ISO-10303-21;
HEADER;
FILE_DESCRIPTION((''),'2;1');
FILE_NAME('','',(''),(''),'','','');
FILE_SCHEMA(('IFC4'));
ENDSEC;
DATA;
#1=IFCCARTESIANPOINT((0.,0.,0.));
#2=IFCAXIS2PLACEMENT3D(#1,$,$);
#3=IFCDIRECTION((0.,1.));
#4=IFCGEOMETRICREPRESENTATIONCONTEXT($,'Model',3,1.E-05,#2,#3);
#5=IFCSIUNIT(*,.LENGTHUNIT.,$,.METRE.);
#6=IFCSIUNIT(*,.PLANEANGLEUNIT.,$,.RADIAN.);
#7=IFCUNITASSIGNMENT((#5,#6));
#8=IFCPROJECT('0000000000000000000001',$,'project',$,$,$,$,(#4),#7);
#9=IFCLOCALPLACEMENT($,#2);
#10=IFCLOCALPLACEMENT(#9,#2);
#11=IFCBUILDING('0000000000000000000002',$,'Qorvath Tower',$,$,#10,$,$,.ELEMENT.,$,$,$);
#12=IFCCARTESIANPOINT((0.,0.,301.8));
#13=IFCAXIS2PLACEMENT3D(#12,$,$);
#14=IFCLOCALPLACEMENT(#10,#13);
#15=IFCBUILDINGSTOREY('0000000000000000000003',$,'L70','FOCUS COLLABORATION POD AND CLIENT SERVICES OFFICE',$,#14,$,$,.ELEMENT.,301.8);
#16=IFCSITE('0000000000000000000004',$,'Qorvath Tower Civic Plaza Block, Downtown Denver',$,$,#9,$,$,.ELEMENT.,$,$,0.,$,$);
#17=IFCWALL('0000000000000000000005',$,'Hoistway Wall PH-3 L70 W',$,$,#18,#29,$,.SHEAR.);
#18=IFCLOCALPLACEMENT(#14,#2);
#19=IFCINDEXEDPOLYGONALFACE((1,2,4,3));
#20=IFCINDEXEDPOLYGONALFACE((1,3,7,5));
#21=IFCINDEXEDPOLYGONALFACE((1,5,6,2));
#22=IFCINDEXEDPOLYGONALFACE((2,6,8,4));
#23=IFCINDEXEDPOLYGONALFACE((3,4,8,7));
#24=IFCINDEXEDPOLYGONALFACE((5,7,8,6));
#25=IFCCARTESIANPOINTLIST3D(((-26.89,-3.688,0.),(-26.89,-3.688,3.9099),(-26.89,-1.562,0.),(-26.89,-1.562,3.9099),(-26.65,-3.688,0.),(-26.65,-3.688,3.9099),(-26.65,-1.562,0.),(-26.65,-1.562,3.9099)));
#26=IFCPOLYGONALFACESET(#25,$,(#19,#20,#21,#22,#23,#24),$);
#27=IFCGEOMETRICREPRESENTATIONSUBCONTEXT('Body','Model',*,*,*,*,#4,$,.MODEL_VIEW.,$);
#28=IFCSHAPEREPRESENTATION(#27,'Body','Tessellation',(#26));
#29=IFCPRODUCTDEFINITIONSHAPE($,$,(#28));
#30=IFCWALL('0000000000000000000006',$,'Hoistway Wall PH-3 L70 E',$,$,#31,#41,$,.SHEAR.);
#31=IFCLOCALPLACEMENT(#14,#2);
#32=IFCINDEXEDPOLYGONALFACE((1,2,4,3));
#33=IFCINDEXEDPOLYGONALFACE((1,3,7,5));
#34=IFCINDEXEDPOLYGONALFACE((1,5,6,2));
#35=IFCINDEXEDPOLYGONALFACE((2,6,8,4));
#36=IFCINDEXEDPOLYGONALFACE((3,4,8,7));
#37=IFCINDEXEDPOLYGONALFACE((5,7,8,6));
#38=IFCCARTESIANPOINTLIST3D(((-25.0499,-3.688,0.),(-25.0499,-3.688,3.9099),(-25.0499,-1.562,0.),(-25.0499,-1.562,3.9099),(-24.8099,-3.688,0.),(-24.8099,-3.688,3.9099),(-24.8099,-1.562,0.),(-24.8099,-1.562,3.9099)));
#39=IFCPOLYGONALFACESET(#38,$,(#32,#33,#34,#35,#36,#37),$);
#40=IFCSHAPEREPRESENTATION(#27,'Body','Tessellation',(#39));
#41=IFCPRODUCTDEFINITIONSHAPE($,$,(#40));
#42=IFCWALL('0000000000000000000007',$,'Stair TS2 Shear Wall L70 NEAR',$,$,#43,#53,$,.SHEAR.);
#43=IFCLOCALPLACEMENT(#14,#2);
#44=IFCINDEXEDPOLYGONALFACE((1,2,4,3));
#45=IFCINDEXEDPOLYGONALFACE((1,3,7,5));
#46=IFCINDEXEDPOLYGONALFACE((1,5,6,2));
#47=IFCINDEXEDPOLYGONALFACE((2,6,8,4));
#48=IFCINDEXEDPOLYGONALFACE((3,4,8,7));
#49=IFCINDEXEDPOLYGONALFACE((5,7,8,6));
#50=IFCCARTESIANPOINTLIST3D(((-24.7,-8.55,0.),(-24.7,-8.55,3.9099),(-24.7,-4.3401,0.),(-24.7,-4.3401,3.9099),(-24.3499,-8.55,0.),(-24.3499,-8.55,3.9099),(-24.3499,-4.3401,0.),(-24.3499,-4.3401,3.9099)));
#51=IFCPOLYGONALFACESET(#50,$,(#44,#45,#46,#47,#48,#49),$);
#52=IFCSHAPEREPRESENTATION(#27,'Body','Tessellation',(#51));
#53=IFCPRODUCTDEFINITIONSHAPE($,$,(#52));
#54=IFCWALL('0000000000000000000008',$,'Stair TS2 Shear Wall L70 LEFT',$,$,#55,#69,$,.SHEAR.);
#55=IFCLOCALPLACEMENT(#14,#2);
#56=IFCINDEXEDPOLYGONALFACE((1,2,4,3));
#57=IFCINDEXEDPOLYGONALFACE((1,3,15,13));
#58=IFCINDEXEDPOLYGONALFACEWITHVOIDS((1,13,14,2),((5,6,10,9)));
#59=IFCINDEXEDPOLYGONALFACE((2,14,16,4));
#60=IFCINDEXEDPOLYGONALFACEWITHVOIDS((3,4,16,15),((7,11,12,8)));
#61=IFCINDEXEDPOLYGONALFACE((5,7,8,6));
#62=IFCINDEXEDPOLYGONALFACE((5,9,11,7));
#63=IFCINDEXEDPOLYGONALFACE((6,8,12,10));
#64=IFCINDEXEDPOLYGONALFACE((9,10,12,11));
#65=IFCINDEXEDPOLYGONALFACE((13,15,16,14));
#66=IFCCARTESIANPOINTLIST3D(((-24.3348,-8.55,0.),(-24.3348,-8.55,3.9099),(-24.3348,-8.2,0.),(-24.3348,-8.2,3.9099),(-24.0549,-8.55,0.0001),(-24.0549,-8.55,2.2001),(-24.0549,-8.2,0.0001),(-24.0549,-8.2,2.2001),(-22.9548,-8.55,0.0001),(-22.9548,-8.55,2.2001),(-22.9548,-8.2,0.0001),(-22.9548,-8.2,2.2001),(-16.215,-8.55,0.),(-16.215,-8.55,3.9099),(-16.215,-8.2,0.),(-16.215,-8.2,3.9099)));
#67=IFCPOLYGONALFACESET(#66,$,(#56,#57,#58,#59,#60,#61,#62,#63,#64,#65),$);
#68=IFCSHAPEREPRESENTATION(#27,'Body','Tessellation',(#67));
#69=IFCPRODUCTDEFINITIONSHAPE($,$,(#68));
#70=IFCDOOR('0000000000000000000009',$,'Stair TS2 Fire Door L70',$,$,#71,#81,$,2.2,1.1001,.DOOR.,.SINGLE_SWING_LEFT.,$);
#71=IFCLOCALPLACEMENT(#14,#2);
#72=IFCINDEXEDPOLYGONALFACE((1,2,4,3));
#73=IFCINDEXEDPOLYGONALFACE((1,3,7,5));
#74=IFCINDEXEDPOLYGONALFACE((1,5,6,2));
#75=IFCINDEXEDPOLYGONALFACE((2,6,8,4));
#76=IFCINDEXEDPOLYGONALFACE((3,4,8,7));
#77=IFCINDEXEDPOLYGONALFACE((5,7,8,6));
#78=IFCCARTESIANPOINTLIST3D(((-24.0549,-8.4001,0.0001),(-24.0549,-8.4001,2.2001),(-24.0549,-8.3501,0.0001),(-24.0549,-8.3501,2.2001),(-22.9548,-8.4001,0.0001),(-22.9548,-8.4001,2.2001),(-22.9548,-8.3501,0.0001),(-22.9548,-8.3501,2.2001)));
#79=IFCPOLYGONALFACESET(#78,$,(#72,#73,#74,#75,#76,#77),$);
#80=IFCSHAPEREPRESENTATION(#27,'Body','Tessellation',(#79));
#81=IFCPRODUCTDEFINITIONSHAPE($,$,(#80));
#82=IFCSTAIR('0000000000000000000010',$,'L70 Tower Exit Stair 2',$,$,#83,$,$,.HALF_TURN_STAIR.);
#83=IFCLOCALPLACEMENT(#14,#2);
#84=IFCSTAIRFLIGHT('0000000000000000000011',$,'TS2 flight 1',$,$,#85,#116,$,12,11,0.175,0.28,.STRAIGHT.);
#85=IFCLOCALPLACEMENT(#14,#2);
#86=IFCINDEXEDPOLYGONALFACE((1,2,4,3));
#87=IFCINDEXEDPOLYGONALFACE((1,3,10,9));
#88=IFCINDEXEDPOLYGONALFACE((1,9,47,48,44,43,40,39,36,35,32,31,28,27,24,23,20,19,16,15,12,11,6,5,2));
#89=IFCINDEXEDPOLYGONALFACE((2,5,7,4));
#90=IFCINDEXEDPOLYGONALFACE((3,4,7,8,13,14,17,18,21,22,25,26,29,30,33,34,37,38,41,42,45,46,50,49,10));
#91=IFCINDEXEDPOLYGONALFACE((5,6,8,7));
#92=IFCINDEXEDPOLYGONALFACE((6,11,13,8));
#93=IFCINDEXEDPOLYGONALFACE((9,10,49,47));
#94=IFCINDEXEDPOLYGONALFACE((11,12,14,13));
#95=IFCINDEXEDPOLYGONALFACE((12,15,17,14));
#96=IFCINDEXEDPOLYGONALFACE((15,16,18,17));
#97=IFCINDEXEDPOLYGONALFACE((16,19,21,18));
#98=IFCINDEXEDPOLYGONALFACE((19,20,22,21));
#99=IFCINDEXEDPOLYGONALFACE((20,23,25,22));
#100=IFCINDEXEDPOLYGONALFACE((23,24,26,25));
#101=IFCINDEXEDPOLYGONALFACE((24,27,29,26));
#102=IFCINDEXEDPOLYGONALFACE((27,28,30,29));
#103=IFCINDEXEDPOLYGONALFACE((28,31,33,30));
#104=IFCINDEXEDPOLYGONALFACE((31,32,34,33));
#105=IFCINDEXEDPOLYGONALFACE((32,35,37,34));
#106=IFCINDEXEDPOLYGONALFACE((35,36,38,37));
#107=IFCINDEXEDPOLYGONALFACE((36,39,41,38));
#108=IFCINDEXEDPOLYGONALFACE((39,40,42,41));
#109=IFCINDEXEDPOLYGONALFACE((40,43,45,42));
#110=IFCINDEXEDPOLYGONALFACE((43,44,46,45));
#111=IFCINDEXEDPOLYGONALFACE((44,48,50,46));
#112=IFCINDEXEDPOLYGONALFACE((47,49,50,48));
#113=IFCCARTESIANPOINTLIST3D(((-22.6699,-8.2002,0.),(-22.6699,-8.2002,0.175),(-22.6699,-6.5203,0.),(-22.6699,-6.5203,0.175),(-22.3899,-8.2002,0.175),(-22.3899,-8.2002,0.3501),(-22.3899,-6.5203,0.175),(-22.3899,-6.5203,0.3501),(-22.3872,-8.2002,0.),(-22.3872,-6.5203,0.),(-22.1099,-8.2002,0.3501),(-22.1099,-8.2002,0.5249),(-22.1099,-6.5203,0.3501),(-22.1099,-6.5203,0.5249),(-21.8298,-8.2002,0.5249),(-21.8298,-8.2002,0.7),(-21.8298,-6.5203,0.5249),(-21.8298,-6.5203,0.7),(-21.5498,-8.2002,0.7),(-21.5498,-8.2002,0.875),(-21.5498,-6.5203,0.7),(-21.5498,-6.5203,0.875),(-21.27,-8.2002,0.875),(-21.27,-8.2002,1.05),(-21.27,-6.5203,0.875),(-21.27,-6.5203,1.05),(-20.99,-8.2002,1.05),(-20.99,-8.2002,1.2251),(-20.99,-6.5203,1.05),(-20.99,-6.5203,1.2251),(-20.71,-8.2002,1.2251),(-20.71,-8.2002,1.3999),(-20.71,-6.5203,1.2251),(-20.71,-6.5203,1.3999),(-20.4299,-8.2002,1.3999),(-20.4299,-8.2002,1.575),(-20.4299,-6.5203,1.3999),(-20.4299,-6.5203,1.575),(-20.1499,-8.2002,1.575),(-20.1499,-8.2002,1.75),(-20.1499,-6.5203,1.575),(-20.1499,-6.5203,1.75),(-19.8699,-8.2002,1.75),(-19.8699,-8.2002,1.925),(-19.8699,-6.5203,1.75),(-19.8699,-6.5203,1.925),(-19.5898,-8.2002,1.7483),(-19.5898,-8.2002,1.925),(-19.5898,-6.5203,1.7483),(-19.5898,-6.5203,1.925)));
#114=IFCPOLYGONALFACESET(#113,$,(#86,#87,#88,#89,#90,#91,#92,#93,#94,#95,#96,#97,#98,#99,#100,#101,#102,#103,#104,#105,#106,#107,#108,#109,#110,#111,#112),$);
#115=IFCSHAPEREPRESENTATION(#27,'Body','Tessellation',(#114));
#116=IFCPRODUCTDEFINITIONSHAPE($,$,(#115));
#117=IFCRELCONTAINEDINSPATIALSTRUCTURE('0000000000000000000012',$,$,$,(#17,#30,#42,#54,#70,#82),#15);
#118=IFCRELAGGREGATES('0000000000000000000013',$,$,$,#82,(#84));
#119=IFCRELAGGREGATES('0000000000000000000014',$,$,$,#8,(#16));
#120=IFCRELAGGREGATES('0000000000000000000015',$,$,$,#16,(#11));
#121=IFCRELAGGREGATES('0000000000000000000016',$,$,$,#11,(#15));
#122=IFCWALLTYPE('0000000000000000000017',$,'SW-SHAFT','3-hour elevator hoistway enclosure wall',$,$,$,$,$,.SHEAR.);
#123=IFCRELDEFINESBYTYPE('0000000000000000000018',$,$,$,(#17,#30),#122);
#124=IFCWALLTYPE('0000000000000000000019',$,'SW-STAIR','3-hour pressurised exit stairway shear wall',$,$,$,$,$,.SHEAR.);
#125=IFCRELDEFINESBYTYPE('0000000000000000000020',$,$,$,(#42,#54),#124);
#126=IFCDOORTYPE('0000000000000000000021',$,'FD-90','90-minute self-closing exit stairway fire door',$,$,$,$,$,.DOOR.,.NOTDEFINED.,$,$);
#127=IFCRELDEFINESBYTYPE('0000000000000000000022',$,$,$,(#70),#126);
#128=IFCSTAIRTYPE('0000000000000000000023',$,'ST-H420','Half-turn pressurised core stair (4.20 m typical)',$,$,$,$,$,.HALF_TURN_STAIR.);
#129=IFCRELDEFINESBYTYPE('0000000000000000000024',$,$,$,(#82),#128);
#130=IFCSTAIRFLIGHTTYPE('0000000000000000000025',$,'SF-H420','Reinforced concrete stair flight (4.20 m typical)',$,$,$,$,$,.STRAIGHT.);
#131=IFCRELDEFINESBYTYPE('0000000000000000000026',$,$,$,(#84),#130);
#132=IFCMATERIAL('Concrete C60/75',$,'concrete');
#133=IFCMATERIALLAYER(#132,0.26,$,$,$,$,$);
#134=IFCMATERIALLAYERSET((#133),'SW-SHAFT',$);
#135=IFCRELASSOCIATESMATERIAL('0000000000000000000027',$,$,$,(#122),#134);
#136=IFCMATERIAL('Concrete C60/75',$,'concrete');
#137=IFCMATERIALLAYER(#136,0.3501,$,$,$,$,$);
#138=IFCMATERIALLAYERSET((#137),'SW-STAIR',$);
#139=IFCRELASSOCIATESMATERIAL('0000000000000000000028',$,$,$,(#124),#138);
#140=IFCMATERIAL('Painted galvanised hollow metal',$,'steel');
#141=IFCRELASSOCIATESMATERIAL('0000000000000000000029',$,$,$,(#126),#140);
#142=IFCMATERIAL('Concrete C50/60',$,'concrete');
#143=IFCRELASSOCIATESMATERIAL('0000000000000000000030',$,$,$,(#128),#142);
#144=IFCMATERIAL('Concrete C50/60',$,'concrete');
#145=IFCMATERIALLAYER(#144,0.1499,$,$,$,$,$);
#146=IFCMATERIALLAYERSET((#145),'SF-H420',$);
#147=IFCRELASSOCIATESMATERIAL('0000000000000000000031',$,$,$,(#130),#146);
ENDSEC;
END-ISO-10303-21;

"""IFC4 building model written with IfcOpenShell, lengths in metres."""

from ifc_helpers import new_model, si_unit, direction, frame, frame_2d, origin, place, context, subcontext, project, spatial, polyline, rectangle, outline, extrude, material, layer, layer_set, type_object, element, fill, aggregate, save


model = new_model("IFC4")

# Units and contexts
model_context = context("Model", 3, precision=1e-05, world=origin(), true_north=direction((0.0, 1.0)))
body_context = subcontext(model_context, "Body", "Model", "MODEL_VIEW")
ifc_project = project(units=[si_unit("LENGTHUNIT", "METRE"), si_unit("PLANEANGLEUNIT", "RADIAN")], contexts=[model_context])

# Site, building, storey
site_placement = place(None, origin())
site = spatial("IfcSite", under=ifc_project, at=site_placement, Name="Qorvath Tower Civic Plaza Block, Downtown Denver", CompositionType="ELEMENT", RefElevation=0.0)
building_placement = place(site_placement, origin())
building = spatial("IfcBuilding", under=site, at=building_placement, Name="Qorvath Tower", CompositionType="ELEMENT")
storey_placement = place(building_placement, frame((0.0, 0.0, 301.8)))
storey = spatial("IfcBuildingStorey", under=building, at=storey_placement, Name="L70", Description="FOCUS COLLABORATION POD AND CLIENT SERVICES OFFICE", CompositionType="ELEMENT", Elevation=301.8)

# Shared definitions
ifc_material_1 = material(Name="Concrete C60/75", Category="concrete")
ifc_layer_1 = layer(ifc_material_1, 0.26)
ifc_layer_set_1 = layer_set([ifc_layer_1], Name="SW-SHAFT")
wall_type_1 = type_object("IfcWallType", Name="SW-SHAFT", Description="3-hour elevator hoistway enclosure wall", PredefinedType="SHEAR", material=ifc_layer_set_1)

# Walls
for number, where, z_axis, x_axis, name in (
    (1, (-26.77, -3.688, 0.0), (0.0, 0.0, 1.0), (0.0, 1.0, 0.0), "Hoistway Wall PH-3 L70 W"),
    (2, (-24.9299, -1.562, 0.0), (0.0, 0.0, 1.0), (0.0, -1.0, 0.0), "Hoistway Wall PH-3 L70 E"),
):
    element("IfcWall", number, at=place(storey_placement, frame(where, z_axis=z_axis, x_axis=x_axis)), inside=storey, type_object=wall_type_1, Name=name, PredefinedType="SHEAR", context=body_context, shape_type="SweptSolid", body=[
        extrude(rectangle(XDim=2.126, YDim=0.24, at=frame_2d((1.063, 0.0))), origin(), (0.0, 0.0, 1.0), 3.9099),
    ])
ifc_material_2 = material(Name="Concrete C60/75", Category="concrete")
ifc_layer_2 = layer(ifc_material_2, 0.3501)
ifc_layer_set_2 = layer_set([ifc_layer_2], Name="SW-STAIR")
wall_type_2 = type_object("IfcWallType", Name="SW-STAIR", Description="3-hour pressurised exit stairway shear wall", PredefinedType="SHEAR", material=ifc_layer_set_2)
wall_1_placement = place(storey_placement, frame((-24.5249, -4.3401, 0.0), z_axis=(0.0, 0.0, 1.0), x_axis=(0.0, -1.0, 0.0)))
element("IfcWall", 3, at=wall_1_placement, inside=storey, type_object=wall_type_2, Name="Stair TS2 Shear Wall L70 NEAR", PredefinedType="SHEAR", context=body_context, shape_type="SweptSolid", body=[
    extrude(rectangle(XDim=4.21, YDim=0.3501, at=frame_2d((2.105, 0.0))), origin(), (0.0, 0.0, 1.0), 3.9099),
])

# Wall, opening, door
wall_2_placement = place(storey_placement, frame((-24.335, -8.375, 0.0), z_axis=(0.0, 0.0, 1.0), x_axis=(1.0, 0.0, 0.0)))
wall_2 = element("IfcWall", 4, at=wall_2_placement, inside=storey, type_object=wall_type_2, Name="Stair TS2 Shear Wall L70 LEFT", PredefinedType="SHEAR", context=body_context, shape_type="SweptSolid", body=[
    extrude(rectangle(XDim=8.1199, YDim=0.3501, at=frame_2d((4.0601, 0.0))), origin(), (0.0, 0.0, 1.0), 3.9099),
])
opening_1_placement = place(wall_2_placement, frame((0.28, 0.0, 0.0)))
opening_1 = element("IfcOpeningElement", 5, at=opening_1_placement, cuts=wall_2, PredefinedType="OPENING", context=body_context, shape_type="SweptSolid", body=[
    extrude(rectangle(XDim=1.1001, YDim=2.2, at=frame_2d((0.55, 1.1001))), frame((0.0, 0.1851, 0.0), z_axis=(0.0, -1.0, 0.0), x_axis=(1.0, 0.0, 0.0)), (0.0, 0.0, 1.0), 0.3701),
])
ifc_material_3 = material(Name="Painted galvanised hollow metal", Category="steel")
door_type_1 = type_object("IfcDoorType", Name="FD-90", Description="90-minute self-closing exit stairway fire door", OperationType="NOTDEFINED", PredefinedType="DOOR", material=ifc_material_3)
door_1_placement = place(opening_1_placement, origin())
door_1 = element("IfcDoor", 6, at=door_1_placement, inside=storey, type_object=door_type_1, Name="Stair TS2 Fire Door L70", OperationType="SINGLE_SWING_LEFT", OverallHeight=2.2, OverallWidth=1.1001, PredefinedType="DOOR", context=body_context, shape_type="SweptSolid", body=[
    extrude(rectangle(XDim=1.1001, YDim=2.2, at=frame_2d((0.55, 1.1001))), frame((0.0, 0.0249, 0.0), z_axis=(0.0, -1.0, 0.0), x_axis=(1.0, 0.0, 0.0)), (0.0, 0.0, 1.0), 0.05),
])
fill(opening_1, door_1)

# Stair, stair flight
ifc_material_4 = material(Name="Concrete C50/60", Category="concrete")
stair_type = type_object("IfcStairType", Name="ST-H420", Description="Half-turn pressurised core stair (4.20 m typical)", PredefinedType="HALF_TURN_STAIR", material=ifc_material_4)
stair_placement = place(storey_placement, origin())
stair = element("IfcStair", 7, at=stair_placement, inside=storey, type_object=stair_type, Name="L70 Tower Exit Stair 2", PredefinedType="HALF_TURN_STAIR")
ifc_material_5 = material(Name="Concrete C50/60", Category="concrete")
ifc_layer_3 = layer(ifc_material_5, 0.1499)
ifc_layer_set_3 = layer_set([ifc_layer_3], Name="SF-H420")
stair_flight_type = type_object("IfcStairFlightType", Name="SF-H420", Description="Reinforced concrete stair flight (4.20 m typical)", PredefinedType="STRAIGHT", material=ifc_layer_set_3)
stair_flight_placement = place(storey_placement, frame((-22.6699, -7.3601, 0.0), z_axis=(0.0, 0.0, 1.0), x_axis=(1.0, 0.0, 0.0)))
stair_flight = element("IfcStairFlight", 8, at=stair_flight_placement, type_object=stair_flight_type, Name="TS2 flight 1", NumberOfRisers=12, NumberOfTreads=11, PredefinedType="STRAIGHT", RiserHeight=0.175, TreadLength=0.28, context=body_context, shape_type="SweptSolid", body=[
    extrude(outline(polyline([(0.0, 0.0), (0.0, 0.175), (0.28, 0.175), (0.28, 0.3501), (0.5601, 0.3501), (0.5601, 0.5249), (0.8401, 0.5249), (0.8401, 0.7), (1.1201, 0.7), (1.1201, 0.875), (1.3999, 0.875), (1.3999, 1.05), (1.6799, 1.05), (1.6799, 1.2251), (1.96, 1.2251), (1.96, 1.3999), (2.24, 1.3999), (2.24, 1.575), (2.52, 1.575), (2.52, 1.75), (2.8, 1.75), (2.8, 1.925), (3.0801, 1.925), (3.0801, 2.1001), (3.0801, 1.7483), (0.2827, 0.0), (0.0, 0.0)])), frame((0.0, 0.8398, 0.0), z_axis=(0.0, -1.0, 0.0), x_axis=(1.0, 0.0, 0.0)), (0.0, 0.0, 1.0), 1.6799),
])
aggregate(stair, [stair_flight])

save(model, "model.ifc")
